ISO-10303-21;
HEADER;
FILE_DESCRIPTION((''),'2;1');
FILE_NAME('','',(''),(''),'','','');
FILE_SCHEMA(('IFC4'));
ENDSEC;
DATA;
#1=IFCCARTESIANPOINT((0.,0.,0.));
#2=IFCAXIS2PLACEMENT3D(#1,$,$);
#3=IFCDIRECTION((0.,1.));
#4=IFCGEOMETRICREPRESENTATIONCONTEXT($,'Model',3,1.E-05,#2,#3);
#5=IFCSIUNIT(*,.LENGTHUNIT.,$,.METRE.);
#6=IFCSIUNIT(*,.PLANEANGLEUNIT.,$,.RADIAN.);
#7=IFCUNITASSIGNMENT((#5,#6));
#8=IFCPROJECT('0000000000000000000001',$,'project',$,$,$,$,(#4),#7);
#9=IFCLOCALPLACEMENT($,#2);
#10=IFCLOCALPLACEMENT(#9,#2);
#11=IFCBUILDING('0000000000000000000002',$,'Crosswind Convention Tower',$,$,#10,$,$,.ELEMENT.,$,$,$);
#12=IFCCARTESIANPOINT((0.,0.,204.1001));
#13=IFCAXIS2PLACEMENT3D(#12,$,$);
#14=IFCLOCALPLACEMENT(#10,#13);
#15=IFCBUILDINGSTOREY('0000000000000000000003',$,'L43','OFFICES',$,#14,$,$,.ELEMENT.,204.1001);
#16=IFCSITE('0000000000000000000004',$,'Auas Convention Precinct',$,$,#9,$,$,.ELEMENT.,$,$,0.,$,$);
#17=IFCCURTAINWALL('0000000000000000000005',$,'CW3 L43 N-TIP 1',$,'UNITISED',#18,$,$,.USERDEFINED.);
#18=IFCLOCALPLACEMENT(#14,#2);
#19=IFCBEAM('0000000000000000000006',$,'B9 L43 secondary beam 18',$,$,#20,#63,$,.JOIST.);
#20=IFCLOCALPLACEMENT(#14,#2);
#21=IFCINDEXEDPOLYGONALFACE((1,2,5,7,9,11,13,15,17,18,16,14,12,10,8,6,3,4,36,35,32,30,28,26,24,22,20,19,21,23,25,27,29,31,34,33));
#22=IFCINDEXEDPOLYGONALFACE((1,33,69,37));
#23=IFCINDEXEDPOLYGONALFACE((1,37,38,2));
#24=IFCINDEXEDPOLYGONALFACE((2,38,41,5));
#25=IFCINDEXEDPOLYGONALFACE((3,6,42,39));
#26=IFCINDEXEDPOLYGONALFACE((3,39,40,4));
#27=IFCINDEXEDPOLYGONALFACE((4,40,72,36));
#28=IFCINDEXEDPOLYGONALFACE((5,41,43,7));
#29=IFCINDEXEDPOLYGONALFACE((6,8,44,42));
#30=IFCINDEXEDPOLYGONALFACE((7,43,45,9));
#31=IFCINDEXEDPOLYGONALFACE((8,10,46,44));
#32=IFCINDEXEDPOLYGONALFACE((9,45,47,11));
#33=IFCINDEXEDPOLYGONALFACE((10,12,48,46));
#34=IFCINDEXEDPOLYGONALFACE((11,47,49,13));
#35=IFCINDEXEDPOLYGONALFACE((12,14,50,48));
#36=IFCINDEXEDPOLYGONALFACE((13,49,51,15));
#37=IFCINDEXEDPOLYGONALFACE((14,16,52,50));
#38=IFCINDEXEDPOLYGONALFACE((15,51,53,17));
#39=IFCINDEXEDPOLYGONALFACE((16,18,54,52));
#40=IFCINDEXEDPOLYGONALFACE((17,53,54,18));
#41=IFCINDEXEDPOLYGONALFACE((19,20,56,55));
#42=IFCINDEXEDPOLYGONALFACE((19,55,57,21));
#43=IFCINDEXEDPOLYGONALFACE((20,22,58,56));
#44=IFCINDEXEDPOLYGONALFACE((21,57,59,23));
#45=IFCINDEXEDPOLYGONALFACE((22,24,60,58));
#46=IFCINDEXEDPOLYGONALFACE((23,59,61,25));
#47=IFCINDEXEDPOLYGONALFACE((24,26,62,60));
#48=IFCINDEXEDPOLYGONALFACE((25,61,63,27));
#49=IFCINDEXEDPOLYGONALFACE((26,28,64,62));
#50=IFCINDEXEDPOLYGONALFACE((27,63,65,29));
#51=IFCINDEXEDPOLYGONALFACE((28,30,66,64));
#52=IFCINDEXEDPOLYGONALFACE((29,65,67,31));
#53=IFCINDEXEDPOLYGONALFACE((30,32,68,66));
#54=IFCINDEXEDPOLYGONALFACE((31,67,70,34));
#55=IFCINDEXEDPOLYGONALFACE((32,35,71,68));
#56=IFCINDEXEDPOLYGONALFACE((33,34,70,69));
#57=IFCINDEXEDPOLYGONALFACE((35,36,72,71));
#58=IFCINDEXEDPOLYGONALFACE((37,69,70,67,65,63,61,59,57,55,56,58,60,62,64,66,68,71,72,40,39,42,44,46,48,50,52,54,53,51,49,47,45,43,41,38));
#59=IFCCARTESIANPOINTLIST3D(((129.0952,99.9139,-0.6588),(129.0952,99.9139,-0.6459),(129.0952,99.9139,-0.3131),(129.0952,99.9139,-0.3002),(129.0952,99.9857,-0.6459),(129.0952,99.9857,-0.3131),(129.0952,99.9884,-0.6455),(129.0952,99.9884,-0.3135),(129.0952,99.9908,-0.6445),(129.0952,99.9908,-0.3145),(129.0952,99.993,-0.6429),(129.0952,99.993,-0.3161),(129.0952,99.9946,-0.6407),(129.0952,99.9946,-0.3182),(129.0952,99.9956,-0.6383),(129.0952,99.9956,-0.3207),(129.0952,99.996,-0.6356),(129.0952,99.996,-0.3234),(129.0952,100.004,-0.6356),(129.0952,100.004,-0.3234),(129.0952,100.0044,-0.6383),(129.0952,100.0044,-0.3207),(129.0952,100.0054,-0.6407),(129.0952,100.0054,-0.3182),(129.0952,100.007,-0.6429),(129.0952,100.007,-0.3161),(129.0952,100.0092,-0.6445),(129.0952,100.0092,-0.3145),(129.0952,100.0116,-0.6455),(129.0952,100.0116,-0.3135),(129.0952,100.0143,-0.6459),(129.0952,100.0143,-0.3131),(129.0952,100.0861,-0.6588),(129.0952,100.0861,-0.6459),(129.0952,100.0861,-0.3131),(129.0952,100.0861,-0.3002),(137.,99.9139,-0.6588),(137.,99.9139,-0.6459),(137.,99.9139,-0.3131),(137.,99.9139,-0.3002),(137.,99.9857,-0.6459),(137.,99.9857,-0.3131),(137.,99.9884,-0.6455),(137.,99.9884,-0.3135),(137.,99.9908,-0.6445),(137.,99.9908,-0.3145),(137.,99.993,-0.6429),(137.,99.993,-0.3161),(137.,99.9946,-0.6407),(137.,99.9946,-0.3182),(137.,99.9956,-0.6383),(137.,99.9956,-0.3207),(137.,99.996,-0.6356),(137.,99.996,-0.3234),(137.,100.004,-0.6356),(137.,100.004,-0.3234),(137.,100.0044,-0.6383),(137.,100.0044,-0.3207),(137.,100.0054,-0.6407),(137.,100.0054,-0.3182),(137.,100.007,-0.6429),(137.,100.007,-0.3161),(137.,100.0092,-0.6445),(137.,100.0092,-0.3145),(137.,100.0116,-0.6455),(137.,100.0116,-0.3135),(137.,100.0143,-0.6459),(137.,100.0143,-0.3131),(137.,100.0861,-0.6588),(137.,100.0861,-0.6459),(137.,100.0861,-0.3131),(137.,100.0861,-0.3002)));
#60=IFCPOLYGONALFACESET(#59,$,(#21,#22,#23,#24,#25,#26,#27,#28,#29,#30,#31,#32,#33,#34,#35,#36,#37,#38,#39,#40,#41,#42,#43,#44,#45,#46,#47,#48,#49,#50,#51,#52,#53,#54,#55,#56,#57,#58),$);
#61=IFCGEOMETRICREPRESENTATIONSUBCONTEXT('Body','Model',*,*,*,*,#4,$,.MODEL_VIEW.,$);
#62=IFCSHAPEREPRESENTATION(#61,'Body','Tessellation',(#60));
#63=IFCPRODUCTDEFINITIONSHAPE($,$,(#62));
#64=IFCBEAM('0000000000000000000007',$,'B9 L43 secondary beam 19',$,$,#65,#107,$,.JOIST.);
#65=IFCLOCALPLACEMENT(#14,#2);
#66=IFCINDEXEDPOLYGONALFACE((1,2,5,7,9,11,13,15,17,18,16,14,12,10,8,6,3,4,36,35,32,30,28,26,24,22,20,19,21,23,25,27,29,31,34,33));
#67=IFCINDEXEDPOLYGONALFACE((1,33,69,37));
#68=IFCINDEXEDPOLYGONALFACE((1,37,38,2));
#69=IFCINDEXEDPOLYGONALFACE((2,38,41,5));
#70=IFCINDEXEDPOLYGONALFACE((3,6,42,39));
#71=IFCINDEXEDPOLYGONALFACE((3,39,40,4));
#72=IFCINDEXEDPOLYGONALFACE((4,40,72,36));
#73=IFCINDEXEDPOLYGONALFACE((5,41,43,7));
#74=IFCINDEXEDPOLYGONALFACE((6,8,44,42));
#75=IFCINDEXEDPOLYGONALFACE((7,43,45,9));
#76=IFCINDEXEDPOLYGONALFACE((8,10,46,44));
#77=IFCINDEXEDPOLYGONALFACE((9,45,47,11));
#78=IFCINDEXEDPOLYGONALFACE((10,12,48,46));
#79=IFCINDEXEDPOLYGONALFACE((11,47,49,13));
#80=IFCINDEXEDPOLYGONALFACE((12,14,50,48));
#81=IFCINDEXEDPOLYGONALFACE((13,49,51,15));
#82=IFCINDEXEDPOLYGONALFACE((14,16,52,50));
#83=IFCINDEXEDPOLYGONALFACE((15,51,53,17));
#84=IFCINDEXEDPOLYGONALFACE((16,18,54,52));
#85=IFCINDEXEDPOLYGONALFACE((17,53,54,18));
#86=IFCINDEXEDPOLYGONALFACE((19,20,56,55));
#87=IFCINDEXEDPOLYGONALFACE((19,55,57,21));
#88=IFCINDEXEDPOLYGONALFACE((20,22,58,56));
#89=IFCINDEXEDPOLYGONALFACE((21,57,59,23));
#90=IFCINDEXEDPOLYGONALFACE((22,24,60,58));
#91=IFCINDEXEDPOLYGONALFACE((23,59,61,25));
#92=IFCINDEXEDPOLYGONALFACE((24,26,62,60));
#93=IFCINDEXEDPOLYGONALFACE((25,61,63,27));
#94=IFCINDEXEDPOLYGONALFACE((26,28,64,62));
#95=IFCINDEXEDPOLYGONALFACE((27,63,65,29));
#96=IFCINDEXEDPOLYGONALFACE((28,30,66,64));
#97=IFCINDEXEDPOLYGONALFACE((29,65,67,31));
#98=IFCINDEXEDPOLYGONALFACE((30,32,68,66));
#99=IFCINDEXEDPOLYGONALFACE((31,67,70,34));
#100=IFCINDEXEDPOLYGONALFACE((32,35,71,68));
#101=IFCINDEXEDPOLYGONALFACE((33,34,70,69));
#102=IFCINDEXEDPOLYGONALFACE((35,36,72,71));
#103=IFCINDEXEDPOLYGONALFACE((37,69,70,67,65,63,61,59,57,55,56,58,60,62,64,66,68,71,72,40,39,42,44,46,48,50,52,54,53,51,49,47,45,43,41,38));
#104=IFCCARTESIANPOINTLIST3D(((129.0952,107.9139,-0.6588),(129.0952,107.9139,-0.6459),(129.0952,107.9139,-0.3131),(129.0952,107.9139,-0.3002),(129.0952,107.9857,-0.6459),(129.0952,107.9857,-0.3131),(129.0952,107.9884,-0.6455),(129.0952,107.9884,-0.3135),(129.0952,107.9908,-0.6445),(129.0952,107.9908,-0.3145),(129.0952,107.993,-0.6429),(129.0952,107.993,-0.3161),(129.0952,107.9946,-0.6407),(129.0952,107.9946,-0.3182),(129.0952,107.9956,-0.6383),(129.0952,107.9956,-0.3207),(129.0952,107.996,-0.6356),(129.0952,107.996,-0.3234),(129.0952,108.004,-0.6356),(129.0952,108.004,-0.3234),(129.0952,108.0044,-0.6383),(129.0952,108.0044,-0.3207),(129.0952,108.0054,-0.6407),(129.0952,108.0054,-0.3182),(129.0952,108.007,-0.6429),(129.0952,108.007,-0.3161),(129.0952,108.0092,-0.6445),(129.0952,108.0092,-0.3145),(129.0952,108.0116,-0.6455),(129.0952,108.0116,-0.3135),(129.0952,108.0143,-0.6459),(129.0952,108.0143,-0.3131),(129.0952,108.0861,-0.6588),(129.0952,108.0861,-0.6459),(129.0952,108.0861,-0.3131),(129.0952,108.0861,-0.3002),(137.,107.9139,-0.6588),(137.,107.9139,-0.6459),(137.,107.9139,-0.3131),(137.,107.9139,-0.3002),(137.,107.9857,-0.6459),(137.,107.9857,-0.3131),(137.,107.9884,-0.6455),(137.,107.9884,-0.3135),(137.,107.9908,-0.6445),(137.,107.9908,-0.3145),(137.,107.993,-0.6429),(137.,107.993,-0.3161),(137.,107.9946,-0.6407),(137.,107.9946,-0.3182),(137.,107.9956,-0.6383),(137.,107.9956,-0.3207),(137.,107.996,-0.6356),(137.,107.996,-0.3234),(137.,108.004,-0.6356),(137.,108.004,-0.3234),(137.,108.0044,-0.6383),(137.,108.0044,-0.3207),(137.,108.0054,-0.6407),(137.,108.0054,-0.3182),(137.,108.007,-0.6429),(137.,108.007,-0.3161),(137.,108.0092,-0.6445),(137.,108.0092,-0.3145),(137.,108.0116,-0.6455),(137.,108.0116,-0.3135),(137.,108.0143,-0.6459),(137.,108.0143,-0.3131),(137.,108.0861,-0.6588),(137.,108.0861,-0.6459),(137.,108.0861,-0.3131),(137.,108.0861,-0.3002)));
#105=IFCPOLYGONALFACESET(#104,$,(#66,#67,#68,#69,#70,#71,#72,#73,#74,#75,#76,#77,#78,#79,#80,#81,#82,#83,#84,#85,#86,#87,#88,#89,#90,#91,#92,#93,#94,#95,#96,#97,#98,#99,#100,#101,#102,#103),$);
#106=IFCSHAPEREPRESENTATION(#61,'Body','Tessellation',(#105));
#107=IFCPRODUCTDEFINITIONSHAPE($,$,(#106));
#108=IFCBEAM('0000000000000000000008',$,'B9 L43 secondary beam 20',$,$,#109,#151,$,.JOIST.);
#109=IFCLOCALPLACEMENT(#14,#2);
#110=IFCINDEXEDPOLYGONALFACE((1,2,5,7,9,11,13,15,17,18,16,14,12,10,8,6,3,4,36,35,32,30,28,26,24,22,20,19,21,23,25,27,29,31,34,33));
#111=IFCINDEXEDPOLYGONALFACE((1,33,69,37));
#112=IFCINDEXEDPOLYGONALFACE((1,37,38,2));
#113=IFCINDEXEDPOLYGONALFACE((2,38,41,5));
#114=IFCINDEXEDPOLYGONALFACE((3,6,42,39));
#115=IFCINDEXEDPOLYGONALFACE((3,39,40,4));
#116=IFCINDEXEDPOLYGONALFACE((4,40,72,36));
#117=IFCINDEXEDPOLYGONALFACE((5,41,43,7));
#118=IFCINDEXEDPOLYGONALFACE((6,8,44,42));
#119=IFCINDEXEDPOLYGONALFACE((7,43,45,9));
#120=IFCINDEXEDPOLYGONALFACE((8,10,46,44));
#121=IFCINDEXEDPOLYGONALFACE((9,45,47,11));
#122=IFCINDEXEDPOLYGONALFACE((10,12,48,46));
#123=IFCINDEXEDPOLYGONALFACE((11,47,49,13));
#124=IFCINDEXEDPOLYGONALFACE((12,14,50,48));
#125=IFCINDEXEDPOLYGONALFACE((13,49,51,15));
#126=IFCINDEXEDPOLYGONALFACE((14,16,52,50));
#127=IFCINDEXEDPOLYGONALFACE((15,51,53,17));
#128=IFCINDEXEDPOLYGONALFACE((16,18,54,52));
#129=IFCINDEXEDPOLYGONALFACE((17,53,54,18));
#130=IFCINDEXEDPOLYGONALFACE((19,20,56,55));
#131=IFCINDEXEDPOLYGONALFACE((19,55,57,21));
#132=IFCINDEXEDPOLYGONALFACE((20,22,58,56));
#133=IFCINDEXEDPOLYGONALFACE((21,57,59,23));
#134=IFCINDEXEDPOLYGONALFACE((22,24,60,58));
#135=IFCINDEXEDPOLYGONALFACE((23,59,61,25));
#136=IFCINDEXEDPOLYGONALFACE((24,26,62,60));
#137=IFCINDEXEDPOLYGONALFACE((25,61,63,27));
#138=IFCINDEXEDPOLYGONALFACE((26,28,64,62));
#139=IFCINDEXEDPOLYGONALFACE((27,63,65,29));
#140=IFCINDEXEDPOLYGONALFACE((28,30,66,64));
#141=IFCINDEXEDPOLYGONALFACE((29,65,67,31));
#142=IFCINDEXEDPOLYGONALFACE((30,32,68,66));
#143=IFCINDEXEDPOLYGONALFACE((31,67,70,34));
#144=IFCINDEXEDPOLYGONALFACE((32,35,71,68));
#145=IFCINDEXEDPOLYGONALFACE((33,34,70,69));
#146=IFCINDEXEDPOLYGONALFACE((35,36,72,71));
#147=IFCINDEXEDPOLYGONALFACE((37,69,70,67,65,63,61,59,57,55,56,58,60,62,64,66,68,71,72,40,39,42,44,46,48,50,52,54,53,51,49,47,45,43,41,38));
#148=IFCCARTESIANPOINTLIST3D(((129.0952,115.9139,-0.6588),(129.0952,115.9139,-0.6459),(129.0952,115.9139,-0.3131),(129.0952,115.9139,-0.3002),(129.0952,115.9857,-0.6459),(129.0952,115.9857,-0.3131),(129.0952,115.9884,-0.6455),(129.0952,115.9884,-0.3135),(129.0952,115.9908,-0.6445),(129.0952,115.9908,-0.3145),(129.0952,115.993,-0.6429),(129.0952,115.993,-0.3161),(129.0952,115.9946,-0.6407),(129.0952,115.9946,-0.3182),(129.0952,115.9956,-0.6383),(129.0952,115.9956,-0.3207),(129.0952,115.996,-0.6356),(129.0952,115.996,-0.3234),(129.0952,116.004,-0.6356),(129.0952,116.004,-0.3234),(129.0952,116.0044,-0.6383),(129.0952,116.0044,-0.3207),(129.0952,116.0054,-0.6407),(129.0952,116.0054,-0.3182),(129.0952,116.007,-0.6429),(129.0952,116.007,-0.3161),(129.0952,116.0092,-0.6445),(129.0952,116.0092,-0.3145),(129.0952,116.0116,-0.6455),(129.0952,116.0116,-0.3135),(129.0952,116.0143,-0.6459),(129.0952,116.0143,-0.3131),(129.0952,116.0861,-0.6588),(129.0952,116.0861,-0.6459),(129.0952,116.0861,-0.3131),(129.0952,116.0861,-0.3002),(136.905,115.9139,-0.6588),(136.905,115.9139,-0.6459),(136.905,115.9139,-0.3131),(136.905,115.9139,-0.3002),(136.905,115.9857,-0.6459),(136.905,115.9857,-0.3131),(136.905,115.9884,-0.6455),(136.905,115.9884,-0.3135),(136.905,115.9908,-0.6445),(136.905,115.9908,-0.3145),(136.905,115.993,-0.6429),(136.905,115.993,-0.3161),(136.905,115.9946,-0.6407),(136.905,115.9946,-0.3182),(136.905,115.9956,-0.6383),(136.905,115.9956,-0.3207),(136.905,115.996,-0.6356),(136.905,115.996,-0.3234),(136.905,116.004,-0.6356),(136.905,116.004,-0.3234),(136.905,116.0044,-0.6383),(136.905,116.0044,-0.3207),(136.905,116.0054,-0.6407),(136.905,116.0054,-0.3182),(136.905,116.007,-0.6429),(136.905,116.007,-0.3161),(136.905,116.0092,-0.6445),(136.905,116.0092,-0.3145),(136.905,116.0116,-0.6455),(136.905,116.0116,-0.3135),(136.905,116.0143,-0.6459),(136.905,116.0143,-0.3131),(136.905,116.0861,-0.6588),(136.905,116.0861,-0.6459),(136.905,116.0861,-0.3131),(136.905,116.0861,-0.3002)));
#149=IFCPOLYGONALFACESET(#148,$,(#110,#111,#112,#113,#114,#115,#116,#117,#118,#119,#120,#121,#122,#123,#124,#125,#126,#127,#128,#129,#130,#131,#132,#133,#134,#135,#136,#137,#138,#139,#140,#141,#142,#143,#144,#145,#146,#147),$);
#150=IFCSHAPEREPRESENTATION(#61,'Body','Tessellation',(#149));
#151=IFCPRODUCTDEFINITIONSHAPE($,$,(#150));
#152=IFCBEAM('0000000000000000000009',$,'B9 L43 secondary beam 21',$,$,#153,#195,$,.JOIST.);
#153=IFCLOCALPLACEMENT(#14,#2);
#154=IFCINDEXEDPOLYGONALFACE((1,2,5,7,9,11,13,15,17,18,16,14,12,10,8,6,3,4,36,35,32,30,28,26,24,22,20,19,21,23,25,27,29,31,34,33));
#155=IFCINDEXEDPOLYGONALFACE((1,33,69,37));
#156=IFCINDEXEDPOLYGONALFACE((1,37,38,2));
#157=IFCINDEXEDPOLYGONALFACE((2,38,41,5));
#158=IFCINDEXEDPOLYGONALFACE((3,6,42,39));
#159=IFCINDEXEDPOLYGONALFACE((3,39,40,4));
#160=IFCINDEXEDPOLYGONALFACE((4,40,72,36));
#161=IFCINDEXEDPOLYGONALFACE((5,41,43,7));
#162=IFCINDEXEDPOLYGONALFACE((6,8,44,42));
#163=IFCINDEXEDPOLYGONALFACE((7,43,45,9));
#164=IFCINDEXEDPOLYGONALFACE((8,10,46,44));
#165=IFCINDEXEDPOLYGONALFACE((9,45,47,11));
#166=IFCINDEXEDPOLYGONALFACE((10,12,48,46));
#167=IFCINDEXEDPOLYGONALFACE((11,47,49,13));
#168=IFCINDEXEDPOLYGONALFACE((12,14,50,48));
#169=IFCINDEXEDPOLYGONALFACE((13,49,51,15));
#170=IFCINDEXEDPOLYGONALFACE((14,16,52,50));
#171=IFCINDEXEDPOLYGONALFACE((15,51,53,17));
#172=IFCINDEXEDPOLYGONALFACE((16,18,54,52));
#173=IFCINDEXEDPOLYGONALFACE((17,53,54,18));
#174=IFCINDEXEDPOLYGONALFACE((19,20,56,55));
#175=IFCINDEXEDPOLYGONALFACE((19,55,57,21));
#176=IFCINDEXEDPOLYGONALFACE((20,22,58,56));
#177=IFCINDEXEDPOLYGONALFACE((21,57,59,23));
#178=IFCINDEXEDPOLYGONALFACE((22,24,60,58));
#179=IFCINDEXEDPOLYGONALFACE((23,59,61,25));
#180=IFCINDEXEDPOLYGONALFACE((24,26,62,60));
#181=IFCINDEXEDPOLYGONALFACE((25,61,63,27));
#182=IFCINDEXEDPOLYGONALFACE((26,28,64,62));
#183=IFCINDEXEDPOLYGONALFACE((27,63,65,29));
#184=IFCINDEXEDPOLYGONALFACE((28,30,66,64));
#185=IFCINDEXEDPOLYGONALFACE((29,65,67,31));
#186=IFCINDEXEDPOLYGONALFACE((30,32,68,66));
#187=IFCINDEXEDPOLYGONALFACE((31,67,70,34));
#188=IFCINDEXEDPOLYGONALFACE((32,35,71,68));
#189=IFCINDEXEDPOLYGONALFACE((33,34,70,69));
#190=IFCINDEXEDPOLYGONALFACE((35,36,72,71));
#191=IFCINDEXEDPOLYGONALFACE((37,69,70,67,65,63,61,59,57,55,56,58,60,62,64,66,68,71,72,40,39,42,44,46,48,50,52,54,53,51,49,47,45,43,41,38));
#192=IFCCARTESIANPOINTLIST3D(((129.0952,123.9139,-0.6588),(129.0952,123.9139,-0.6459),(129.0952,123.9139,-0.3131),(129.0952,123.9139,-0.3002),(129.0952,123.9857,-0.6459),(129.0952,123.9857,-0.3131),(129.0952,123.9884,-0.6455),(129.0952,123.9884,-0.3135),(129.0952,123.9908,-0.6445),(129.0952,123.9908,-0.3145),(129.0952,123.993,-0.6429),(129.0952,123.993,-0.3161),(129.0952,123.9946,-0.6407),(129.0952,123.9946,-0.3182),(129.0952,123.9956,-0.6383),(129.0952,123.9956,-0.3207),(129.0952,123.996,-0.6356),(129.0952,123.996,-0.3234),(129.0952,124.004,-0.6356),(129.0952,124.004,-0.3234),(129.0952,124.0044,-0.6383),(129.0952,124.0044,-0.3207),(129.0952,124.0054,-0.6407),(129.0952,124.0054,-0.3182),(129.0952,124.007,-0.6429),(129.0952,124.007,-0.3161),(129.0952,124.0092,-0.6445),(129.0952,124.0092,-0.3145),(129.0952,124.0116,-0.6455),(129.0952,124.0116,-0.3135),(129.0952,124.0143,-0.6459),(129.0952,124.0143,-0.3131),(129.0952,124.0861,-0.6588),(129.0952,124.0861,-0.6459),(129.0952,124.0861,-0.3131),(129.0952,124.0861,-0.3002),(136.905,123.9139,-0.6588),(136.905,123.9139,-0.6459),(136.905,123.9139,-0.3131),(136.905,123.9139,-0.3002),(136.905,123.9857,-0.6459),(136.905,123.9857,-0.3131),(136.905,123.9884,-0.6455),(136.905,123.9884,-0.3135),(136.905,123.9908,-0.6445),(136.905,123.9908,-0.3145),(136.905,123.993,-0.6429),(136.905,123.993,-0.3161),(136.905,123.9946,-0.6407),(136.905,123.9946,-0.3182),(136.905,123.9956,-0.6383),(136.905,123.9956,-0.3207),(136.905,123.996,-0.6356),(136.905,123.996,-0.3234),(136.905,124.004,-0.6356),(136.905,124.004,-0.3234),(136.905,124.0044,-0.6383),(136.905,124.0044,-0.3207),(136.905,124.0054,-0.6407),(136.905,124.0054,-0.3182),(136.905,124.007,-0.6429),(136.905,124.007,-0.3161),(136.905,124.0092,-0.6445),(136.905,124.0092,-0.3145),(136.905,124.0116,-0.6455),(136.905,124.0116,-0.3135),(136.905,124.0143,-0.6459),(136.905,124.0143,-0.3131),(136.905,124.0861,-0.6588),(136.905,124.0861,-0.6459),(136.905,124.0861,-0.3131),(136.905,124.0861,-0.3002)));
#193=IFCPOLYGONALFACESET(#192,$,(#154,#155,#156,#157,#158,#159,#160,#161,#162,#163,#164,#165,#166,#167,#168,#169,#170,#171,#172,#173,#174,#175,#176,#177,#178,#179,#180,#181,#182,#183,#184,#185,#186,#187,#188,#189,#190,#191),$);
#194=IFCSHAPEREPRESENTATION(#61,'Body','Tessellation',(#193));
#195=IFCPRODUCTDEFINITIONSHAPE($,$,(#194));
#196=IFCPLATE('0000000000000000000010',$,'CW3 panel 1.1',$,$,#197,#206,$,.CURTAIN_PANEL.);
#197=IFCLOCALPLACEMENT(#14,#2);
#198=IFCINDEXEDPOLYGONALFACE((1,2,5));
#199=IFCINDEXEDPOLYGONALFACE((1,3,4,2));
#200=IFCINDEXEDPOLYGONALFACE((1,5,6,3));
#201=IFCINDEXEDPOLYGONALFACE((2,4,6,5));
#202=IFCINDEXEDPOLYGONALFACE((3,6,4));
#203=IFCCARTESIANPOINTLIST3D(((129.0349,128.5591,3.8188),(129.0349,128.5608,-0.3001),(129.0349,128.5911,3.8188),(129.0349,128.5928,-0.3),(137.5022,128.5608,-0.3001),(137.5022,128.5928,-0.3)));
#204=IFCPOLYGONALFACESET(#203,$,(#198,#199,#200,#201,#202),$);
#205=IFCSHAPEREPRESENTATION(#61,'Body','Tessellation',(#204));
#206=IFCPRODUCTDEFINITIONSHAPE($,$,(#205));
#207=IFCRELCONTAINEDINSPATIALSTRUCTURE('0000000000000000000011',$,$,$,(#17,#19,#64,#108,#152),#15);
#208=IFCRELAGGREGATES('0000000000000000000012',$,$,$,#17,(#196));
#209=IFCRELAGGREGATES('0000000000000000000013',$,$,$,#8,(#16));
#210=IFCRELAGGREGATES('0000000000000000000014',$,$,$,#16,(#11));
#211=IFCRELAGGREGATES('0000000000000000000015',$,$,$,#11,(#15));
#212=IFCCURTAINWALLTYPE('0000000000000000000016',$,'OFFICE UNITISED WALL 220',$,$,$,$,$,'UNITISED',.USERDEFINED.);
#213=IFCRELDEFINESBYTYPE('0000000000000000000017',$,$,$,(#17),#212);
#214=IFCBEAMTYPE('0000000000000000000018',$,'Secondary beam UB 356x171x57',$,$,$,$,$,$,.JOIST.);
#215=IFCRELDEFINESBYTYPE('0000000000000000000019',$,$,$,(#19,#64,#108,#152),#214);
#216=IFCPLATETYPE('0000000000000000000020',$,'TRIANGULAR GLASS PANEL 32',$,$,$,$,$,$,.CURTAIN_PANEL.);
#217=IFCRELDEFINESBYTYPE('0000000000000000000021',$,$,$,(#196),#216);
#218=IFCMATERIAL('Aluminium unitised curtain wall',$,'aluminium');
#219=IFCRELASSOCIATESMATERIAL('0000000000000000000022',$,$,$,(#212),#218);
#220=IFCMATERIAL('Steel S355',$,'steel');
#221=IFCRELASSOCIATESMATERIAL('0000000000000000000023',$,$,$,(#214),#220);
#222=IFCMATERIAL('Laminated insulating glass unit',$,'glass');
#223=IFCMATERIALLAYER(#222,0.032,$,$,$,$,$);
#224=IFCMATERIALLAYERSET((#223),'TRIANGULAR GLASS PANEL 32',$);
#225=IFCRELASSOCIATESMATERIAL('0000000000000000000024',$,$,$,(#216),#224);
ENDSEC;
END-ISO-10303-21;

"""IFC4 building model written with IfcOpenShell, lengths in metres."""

from ifc_helpers import new_model, si_unit, direction, frame, origin, origin_2d, place, context, subcontext, project, spatial, polyline, i_section, outline, extrude, material, layer, layer_set, material_profile, profile_set, type_object, element, aggregate, save


model = new_model("IFC4")

# Units and contexts
model_context = context("Model", 3, precision=1e-05, world=origin(), true_north=direction((0.0, 1.0)))
body_context = subcontext(model_context, "Body", "Model", "MODEL_VIEW")
ifc_project = project(units=[si_unit("LENGTHUNIT", "METRE"), si_unit("PLANEANGLEUNIT", "RADIAN")], contexts=[model_context])

# Site, building, storey
site_placement = place(None, origin())
site = spatial("IfcSite", under=ifc_project, at=site_placement, Name="Auas Convention Precinct", CompositionType="ELEMENT", RefElevation=0.0)
building_placement = place(site_placement, origin())
building = spatial("IfcBuilding", under=site, at=building_placement, Name="Crosswind Convention Tower", CompositionType="ELEMENT")
storey_placement = place(building_placement, frame((0.0, 0.0, 204.1001)))
storey = spatial("IfcBuildingStorey", under=building, at=storey_placement, Name="L43", Description="OFFICES", CompositionType="ELEMENT", Elevation=204.1001)

# Shared definitions
ifc_material_1 = material(Name="Steel S355", Category="steel")

# Curtain wall
ifc_material_2 = material(Name="Aluminium unitised curtain wall", Category="aluminium")
curtain_wall_type = type_object("IfcCurtainWallType", Name="OFFICE UNITISED WALL 220", ElementType="UNITISED", PredefinedType="USERDEFINED", material=ifc_material_2)
curtain_wall_placement = place(storey_placement, origin())
curtain_wall = element("IfcCurtainWall", 1, at=curtain_wall_placement, inside=storey, type_object=curtain_wall_type, Name="CW3 L43 N-TIP 1", ObjectType="UNITISED", PredefinedType="USERDEFINED")

# Beams
ifc_material_profile_1 = material_profile(ifc_material_1, i_section(OverallWidth=0.1721, OverallDepth=0.3586, WebThickness=0.0081, FlangeThickness=0.0129, FilletRadius=0.0103, at=origin_2d()), Name="UB 356x171x57")
ifc_profile_set_1 = profile_set([ifc_material_profile_1], Name="Steel S355")
beam_type_1 = type_object("IfcBeamType", Name="Secondary beam UB 356x171x57", PredefinedType="JOIST", material=ifc_profile_set_1)
for number, where, z_axis, x_axis, name in (
    (2, (129.0952, 100.0, -0.4795), (1.0, 0.0, 0.0), (0.0, 1.0, 0.0), "B9 L43 secondary beam 18"),
    (3, (129.0952, 108.0, -0.4795), (1.0, 0.0, 0.0), (0.0, 1.0, 0.0), "B9 L43 secondary beam 19"),
):
    element("IfcBeam", number, at=place(storey_placement, frame(where, z_axis=z_axis, x_axis=x_axis)), inside=storey, type_object=beam_type_1, Name=name, PredefinedType="JOIST", context=body_context, shape_type="SweptSolid", body=[
        extrude(i_section(OverallWidth=0.1721, OverallDepth=0.3586, WebThickness=0.0081, FlangeThickness=0.0129, FilletRadius=0.0103, at=origin_2d()), origin(), (0.0, 0.0, 1.0), 7.9048),
    ])
for number, where, z_axis, x_axis, name in (
    (4, (129.0952, 116.0, -0.4795), (1.0, 0.0, 0.0), (0.0, 1.0, 0.0), "B9 L43 secondary beam 20"),
    (5, (129.0952, 124.0, -0.4795), (1.0, 0.0, 0.0), (0.0, 1.0, 0.0), "B9 L43 secondary beam 21"),
):
    element("IfcBeam", number, at=place(storey_placement, frame(where, z_axis=z_axis, x_axis=x_axis)), inside=storey, type_object=beam_type_1, Name=name, PredefinedType="JOIST", context=body_context, shape_type="SweptSolid", body=[
        extrude(i_section(OverallWidth=0.1721, OverallDepth=0.3586, WebThickness=0.0081, FlangeThickness=0.0129, FilletRadius=0.0103, at=origin_2d()), origin(), (0.0, 0.0, 1.0), 7.8098),
    ])

# Plate
ifc_material_3 = material(Name="Laminated insulating glass unit", Category="glass")
ifc_layer_1 = layer(ifc_material_3, 0.032)
ifc_layer_set_1 = layer_set([ifc_layer_1], Name="TRIANGULAR GLASS PANEL 32")
plate_type = type_object("IfcPlateType", Name="TRIANGULAR GLASS PANEL 32", PredefinedType="CURTAIN_PANEL", material=ifc_layer_set_1)
plate_1_placement = place(storey_placement, frame((129.0349, 128.5928, -0.3), z_axis=(0.0, 1.0, 0.000415), x_axis=(0.0, -0.000415, 1.0)))
plate_1 = element("IfcPlate", 6, at=plate_1_placement, type_object=plate_type, Name="CW3 panel 1.1", PredefinedType="CURTAIN_PANEL", context=body_context, shape_type="SweptSolid", body=[
    extrude(outline(polyline([(0.0, 0.0), (4.1189, 0.0), (0.0, 8.4673), (0.0, 0.0)])), origin(), (0.0, 0.0, -1.0), 0.032),
])
aggregate(curtain_wall, [plate_1])

save(model, "model.ifc")
